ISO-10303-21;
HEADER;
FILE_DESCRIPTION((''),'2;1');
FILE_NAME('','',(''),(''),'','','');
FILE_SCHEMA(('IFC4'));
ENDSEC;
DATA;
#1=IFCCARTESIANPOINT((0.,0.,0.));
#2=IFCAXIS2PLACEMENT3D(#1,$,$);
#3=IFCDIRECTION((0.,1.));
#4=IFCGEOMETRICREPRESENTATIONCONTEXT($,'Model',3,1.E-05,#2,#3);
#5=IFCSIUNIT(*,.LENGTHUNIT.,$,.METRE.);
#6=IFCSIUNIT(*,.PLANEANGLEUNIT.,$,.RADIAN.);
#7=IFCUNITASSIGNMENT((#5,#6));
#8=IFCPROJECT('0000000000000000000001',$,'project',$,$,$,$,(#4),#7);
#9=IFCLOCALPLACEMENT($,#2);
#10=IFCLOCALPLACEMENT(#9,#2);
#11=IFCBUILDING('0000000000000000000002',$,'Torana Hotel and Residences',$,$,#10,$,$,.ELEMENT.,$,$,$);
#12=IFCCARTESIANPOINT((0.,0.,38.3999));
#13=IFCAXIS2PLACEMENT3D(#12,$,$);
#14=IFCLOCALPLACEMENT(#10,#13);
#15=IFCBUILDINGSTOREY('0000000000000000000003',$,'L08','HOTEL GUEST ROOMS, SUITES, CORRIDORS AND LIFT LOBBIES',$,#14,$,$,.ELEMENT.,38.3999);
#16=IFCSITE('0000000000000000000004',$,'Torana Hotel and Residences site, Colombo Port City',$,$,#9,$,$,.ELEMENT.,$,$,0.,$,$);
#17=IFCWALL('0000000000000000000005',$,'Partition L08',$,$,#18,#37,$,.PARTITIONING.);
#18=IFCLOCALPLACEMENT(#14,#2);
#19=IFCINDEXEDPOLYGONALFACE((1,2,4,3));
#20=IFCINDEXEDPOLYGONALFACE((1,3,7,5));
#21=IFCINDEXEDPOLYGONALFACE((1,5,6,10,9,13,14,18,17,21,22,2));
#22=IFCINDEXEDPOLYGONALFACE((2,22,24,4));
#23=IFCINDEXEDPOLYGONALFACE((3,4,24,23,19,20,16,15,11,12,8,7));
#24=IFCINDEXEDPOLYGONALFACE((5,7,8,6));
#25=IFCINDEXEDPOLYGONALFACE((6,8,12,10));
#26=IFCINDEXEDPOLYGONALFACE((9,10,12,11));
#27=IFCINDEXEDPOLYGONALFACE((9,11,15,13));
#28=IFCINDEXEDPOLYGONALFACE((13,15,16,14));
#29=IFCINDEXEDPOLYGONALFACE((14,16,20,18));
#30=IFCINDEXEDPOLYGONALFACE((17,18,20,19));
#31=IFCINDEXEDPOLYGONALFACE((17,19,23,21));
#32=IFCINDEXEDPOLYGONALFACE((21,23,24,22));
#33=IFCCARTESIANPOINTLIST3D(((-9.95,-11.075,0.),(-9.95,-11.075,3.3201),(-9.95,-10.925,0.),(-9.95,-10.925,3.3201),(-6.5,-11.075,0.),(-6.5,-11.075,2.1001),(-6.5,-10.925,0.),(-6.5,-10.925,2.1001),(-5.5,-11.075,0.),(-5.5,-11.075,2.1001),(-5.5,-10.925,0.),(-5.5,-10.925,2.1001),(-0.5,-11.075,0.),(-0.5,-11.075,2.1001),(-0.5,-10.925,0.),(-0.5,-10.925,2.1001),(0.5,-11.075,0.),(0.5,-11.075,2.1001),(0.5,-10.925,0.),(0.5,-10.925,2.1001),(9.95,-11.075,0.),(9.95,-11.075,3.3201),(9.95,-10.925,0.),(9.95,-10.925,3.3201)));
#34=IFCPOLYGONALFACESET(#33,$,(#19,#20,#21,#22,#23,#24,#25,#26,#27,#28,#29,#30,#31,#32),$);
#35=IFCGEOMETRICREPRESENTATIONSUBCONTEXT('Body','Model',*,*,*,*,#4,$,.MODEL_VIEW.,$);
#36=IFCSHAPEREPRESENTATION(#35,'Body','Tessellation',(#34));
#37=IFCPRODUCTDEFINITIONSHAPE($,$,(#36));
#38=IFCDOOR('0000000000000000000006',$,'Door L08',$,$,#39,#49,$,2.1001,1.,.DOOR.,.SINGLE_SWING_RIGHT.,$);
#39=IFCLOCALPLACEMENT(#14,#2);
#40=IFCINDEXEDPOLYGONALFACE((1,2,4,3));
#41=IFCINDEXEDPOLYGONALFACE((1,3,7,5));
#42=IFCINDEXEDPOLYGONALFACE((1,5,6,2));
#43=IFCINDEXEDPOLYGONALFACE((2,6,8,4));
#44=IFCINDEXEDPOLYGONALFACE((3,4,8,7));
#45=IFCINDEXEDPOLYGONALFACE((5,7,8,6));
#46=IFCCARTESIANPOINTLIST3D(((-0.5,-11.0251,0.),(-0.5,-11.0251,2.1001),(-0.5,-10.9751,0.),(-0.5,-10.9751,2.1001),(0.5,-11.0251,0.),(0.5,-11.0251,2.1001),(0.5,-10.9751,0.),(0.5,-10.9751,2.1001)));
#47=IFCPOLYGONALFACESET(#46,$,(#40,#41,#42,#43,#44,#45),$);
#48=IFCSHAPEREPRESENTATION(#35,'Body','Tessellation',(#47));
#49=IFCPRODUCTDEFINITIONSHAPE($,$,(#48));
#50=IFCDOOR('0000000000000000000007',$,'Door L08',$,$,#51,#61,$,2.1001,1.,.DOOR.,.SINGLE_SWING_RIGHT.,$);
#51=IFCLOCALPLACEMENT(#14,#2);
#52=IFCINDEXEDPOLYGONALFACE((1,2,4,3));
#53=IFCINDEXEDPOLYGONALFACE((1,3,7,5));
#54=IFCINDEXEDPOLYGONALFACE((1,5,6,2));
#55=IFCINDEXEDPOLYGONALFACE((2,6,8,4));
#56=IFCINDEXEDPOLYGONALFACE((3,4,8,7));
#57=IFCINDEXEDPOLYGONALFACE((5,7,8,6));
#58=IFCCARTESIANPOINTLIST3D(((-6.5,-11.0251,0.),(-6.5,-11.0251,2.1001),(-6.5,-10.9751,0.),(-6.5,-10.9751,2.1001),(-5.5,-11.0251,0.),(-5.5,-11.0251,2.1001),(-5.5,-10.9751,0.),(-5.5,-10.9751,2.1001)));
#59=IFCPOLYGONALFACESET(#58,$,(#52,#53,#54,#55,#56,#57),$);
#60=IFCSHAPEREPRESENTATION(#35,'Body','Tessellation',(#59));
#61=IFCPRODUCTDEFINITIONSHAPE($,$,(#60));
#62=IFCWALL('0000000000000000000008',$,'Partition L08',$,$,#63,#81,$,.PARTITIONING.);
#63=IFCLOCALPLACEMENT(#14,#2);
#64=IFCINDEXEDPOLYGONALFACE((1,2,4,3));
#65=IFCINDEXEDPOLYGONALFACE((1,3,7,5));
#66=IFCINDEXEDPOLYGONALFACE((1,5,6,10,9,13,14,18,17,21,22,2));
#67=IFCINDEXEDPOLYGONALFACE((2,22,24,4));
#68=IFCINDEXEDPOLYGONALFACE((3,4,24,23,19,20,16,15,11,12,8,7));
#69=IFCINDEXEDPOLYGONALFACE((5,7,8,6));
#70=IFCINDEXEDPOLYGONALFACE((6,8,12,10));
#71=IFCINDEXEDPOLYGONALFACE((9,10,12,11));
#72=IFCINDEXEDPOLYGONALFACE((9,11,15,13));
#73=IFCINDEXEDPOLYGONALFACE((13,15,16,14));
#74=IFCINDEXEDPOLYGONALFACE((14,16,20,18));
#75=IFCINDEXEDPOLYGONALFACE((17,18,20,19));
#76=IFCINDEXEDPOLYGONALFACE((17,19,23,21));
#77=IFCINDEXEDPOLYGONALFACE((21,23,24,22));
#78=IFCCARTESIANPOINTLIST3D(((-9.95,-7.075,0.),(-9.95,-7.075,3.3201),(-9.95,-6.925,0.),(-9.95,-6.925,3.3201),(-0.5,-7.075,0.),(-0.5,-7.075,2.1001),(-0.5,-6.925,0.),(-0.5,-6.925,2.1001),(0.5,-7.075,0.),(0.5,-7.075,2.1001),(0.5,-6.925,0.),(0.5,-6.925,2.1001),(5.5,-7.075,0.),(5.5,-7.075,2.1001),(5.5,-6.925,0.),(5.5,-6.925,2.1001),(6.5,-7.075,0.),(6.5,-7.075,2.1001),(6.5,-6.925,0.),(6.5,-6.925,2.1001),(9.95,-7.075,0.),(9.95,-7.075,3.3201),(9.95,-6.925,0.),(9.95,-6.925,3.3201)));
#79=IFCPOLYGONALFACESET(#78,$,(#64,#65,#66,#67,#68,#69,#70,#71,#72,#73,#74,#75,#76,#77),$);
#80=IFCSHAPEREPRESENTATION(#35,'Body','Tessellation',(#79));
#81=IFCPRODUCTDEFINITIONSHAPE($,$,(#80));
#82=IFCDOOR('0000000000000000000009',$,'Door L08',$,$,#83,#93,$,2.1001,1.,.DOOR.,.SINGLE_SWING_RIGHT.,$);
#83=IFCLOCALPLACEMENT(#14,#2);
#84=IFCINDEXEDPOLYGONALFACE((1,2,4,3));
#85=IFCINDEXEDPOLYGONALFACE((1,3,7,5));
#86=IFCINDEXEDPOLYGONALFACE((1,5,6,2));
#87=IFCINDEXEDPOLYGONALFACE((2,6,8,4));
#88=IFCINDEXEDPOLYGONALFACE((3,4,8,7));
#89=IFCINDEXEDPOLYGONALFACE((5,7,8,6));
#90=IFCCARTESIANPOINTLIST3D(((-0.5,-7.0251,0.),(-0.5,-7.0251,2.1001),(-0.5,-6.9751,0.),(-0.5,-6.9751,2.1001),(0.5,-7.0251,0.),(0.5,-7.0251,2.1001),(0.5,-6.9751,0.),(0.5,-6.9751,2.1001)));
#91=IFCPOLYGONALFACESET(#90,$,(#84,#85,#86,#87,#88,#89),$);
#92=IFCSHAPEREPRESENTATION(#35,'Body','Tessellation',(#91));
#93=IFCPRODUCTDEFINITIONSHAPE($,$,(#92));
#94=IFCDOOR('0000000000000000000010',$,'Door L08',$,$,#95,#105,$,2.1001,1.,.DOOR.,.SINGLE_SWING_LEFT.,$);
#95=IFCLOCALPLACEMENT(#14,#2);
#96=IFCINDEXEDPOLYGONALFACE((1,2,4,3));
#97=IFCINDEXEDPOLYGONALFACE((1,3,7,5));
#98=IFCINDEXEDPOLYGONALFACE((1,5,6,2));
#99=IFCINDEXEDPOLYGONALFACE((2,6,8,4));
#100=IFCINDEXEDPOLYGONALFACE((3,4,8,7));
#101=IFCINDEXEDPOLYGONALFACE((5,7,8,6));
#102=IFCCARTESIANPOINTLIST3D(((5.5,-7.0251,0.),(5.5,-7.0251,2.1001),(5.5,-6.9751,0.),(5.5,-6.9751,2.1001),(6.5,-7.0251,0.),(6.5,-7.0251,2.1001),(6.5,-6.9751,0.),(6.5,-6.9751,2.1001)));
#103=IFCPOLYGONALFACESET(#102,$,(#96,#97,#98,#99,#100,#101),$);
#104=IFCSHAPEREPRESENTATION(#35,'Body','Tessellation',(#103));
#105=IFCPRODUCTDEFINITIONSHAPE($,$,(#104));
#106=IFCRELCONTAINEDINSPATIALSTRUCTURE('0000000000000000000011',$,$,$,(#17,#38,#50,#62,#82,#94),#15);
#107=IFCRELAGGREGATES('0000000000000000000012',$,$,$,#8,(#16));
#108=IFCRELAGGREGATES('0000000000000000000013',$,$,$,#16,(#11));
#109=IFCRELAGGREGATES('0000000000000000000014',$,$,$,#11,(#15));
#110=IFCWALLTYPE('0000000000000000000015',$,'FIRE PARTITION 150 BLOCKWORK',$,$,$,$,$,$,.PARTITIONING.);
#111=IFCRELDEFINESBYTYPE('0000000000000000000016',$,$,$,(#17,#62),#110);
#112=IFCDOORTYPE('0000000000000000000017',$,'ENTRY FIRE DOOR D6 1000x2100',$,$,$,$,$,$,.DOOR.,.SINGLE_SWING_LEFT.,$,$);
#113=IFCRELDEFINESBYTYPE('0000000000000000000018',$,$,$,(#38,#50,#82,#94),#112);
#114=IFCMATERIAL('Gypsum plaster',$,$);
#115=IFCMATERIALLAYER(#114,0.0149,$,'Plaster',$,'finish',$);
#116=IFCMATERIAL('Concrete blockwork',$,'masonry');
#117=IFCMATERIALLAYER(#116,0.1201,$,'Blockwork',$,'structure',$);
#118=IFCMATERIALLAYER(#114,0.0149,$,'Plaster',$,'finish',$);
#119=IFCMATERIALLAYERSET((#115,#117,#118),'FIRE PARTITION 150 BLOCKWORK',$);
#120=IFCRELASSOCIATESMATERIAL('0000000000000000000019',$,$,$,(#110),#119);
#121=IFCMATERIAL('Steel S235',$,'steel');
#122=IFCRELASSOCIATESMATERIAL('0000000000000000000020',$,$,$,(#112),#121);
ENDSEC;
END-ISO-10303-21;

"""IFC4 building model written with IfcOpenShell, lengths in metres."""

from ifc_helpers import new_model, si_unit, direction, frame, frame_2d, origin, place, context, subcontext, project, spatial, rectangle, extrude, material, layer, layer_set, type_object, element, fill, save


model = new_model("IFC4")

# Units and contexts
model_context = context("Model", 3, precision=1e-05, world=origin(), true_north=direction((0.0, 1.0)))
body_context = subcontext(model_context, "Body", "Model", "MODEL_VIEW")
ifc_project = project(units=[si_unit("LENGTHUNIT", "METRE"), si_unit("PLANEANGLEUNIT", "RADIAN")], contexts=[model_context])

# Site, building, storey
site_placement = place(None, origin())
site = spatial("IfcSite", under=ifc_project, at=site_placement, Name="Torana Hotel and Residences site, Colombo Port City", CompositionType="ELEMENT", RefElevation=0.0)
building_placement = place(site_placement, origin())
building = spatial("IfcBuilding", under=site, at=building_placement, Name="Torana Hotel and Residences", CompositionType="ELEMENT")
storey_placement = place(building_placement, frame((0.0, 0.0, 38.3999)))
storey = spatial("IfcBuildingStorey", under=building, at=storey_placement, Name="L08", Description="HOTEL GUEST ROOMS, SUITES, CORRIDORS AND LIFT LOBBIES", CompositionType="ELEMENT", Elevation=38.3999)

# Shared definitions
ifc_material_1 = material(Name="Gypsum plaster")
ifc_layer_1 = layer(ifc_material_1, 0.0149, Name="Plaster", Category="finish")
ifc_material_2 = material(Name="Concrete blockwork", Category="masonry")
ifc_layer_2 = layer(ifc_material_2, 0.1201, Name="Blockwork", Category="structure")
ifc_layer_3 = layer(ifc_material_1, 0.0149, Name="Plaster", Category="finish")
ifc_layer_set_1 = layer_set([ifc_layer_1, ifc_layer_2, ifc_layer_3], Name="FIRE PARTITION 150 BLOCKWORK")
wall_type_1 = type_object("IfcWallType", Name="FIRE PARTITION 150 BLOCKWORK", PredefinedType="PARTITIONING", material=ifc_layer_set_1)

# Walls, openings, doors
wall_1_placement = place(storey_placement, frame((-9.95, -11.0, 0.0), z_axis=(0.0, 0.0, 1.0), x_axis=(1.0, 0.0, 0.0)))
wall_1 = element("IfcWall", 1, at=wall_1_placement, inside=storey, type_object=wall_type_1, Name="Partition L08", PredefinedType="PARTITIONING", context=body_context, shape_type="SweptSolid", body=[
    extrude(rectangle(XDim=19.8999, YDim=0.1499, at=frame_2d((9.95, 0.0))), origin(), (0.0, 0.0, 1.0), 3.3201),
])
opening_1_placement = place(wall_1_placement, frame((9.45, 0.0, 0.0)))
opening_1 = element("IfcOpeningElement", 2, at=opening_1_placement, cuts=wall_1, PredefinedType="OPENING", context=body_context, shape_type="SweptSolid", body=[
    extrude(rectangle(XDim=1.0, YDim=2.1001, at=frame_2d((0.5, 1.05))), frame((0.0, 0.085, 0.0), z_axis=(0.0, -1.0, 0.0), x_axis=(1.0, 0.0, 0.0)), (0.0, 0.0, 1.0), 0.1699),
])
opening_2_placement = place(wall_1_placement, frame((3.45, 0.0, 0.0)))
opening_2 = element("IfcOpeningElement", 3, at=opening_2_placement, cuts=wall_1, PredefinedType="OPENING", context=body_context, shape_type="SweptSolid", body=[
    extrude(rectangle(XDim=1.0, YDim=2.1001, at=frame_2d((0.5, 1.05))), frame((0.0, 0.085, 0.0), z_axis=(0.0, -1.0, 0.0), x_axis=(1.0, 0.0, 0.0)), (0.0, 0.0, 1.0), 0.1699),
])
ifc_material_3 = material(Name="Steel S235", Category="steel")
door_type = type_object("IfcDoorType", Name="ENTRY FIRE DOOR D6 1000x2100", OperationType="SINGLE_SWING_LEFT", PredefinedType="DOOR", material=ifc_material_3)
door_1_placement = place(opening_1_placement, origin())
door_1 = element("IfcDoor", 4, at=door_1_placement, inside=storey, type_object=door_type, Name="Door L08", OperationType="SINGLE_SWING_RIGHT", OverallHeight=2.1001, OverallWidth=1.0, PredefinedType="DOOR", context=body_context, shape_type="SweptSolid", body=[
    extrude(rectangle(XDim=1.0, YDim=2.1001, at=frame_2d((0.5, 1.05))), frame((0.0, 0.0249, 0.0), z_axis=(0.0, -1.0, 0.0), x_axis=(1.0, 0.0, 0.0)), (0.0, 0.0, 1.0), 0.05),
])
fill(opening_1, door_1)
door_2_placement = place(opening_2_placement, origin())
door_2 = element("IfcDoor", 5, at=door_2_placement, inside=storey, type_object=door_type, Name="Door L08", OperationType="SINGLE_SWING_RIGHT", OverallHeight=2.1001, OverallWidth=1.0, PredefinedType="DOOR", context=body_context, shape_type="SweptSolid", body=[
    extrude(rectangle(XDim=1.0, YDim=2.1001, at=frame_2d((0.5, 1.05))), frame((0.0, 0.0249, 0.0), z_axis=(0.0, -1.0, 0.0), x_axis=(1.0, 0.0, 0.0)), (0.0, 0.0, 1.0), 0.05),
])
fill(opening_2, door_2)
wall_2_placement = place(storey_placement, frame((-9.95, -7.0, 0.0), z_axis=(0.0, 0.0, 1.0), x_axis=(1.0, 0.0, 0.0)))
wall_2 = element("IfcWall", 6, at=wall_2_placement, inside=storey, type_object=wall_type_1, Name="Partition L08", PredefinedType="PARTITIONING", context=body_context, shape_type="SweptSolid", body=[
    extrude(rectangle(XDim=19.8999, YDim=0.1499, at=frame_2d((9.95, 0.0))), origin(), (0.0, 0.0, 1.0), 3.3201),
])
opening_3_placement = place(wall_2_placement, frame((9.45, 0.0, 0.0)))
opening_3 = element("IfcOpeningElement", 7, at=opening_3_placement, cuts=wall_2, PredefinedType="OPENING", context=body_context, shape_type="SweptSolid", body=[
    extrude(rectangle(XDim=1.0, YDim=2.1001, at=frame_2d((0.5, 1.05))), frame((0.0, 0.085, 0.0), z_axis=(0.0, -1.0, 0.0), x_axis=(1.0, 0.0, 0.0)), (0.0, 0.0, 1.0), 0.1699),
])
opening_4_placement = place(wall_2_placement, frame((15.45, 0.0, 0.0)))
opening_4 = element("IfcOpeningElement", 8, at=opening_4_placement, cuts=wall_2, PredefinedType="OPENING", context=body_context, shape_type="SweptSolid", body=[
    extrude(rectangle(XDim=1.0, YDim=2.1001, at=frame_2d((0.5, 1.05))), frame((0.0, 0.085, 0.0), z_axis=(0.0, -1.0, 0.0), x_axis=(1.0, 0.0, 0.0)), (0.0, 0.0, 1.0), 0.1699),
])
door_3_placement = place(opening_3_placement, origin())
door_3 = element("IfcDoor", 9, at=door_3_placement, inside=storey, type_object=door_type, Name="Door L08", OperationType="SINGLE_SWING_RIGHT", OverallHeight=2.1001, OverallWidth=1.0, PredefinedType="DOOR", context=body_context, shape_type="SweptSolid", body=[
    extrude(rectangle(XDim=1.0, YDim=2.1001, at=frame_2d((0.5, 1.05))), frame((0.0, 0.0249, 0.0), z_axis=(0.0, -1.0, 0.0), x_axis=(1.0, 0.0, 0.0)), (0.0, 0.0, 1.0), 0.05),
])
fill(opening_3, door_3)
door_4_placement = place(opening_4_placement, frame((0.5, 0.0, 0.0), z_axis=(0.0, 0.0, 1.0), x_axis=(-1.0, 0.0, 0.0)))
door_4 = element("IfcDoor", 10, at=door_4_placement, inside=storey, type_object=door_type, Name="Door L08", OperationType="SINGLE_SWING_LEFT", OverallHeight=2.1001, OverallWidth=1.0, PredefinedType="DOOR", context=body_context, shape_type="SweptSolid", body=[
    extrude(rectangle(XDim=1.0, YDim=2.1001, at=frame_2d((0.0, 1.05))), frame((0.0, -0.0249, 0.0), z_axis=(0.0, 1.0, 0.0), x_axis=(-1.0, 0.0, 0.0)), (0.0, 0.0, 1.0), 0.05),
])
fill(opening_4, door_4)

save(model, "model.ifc")
